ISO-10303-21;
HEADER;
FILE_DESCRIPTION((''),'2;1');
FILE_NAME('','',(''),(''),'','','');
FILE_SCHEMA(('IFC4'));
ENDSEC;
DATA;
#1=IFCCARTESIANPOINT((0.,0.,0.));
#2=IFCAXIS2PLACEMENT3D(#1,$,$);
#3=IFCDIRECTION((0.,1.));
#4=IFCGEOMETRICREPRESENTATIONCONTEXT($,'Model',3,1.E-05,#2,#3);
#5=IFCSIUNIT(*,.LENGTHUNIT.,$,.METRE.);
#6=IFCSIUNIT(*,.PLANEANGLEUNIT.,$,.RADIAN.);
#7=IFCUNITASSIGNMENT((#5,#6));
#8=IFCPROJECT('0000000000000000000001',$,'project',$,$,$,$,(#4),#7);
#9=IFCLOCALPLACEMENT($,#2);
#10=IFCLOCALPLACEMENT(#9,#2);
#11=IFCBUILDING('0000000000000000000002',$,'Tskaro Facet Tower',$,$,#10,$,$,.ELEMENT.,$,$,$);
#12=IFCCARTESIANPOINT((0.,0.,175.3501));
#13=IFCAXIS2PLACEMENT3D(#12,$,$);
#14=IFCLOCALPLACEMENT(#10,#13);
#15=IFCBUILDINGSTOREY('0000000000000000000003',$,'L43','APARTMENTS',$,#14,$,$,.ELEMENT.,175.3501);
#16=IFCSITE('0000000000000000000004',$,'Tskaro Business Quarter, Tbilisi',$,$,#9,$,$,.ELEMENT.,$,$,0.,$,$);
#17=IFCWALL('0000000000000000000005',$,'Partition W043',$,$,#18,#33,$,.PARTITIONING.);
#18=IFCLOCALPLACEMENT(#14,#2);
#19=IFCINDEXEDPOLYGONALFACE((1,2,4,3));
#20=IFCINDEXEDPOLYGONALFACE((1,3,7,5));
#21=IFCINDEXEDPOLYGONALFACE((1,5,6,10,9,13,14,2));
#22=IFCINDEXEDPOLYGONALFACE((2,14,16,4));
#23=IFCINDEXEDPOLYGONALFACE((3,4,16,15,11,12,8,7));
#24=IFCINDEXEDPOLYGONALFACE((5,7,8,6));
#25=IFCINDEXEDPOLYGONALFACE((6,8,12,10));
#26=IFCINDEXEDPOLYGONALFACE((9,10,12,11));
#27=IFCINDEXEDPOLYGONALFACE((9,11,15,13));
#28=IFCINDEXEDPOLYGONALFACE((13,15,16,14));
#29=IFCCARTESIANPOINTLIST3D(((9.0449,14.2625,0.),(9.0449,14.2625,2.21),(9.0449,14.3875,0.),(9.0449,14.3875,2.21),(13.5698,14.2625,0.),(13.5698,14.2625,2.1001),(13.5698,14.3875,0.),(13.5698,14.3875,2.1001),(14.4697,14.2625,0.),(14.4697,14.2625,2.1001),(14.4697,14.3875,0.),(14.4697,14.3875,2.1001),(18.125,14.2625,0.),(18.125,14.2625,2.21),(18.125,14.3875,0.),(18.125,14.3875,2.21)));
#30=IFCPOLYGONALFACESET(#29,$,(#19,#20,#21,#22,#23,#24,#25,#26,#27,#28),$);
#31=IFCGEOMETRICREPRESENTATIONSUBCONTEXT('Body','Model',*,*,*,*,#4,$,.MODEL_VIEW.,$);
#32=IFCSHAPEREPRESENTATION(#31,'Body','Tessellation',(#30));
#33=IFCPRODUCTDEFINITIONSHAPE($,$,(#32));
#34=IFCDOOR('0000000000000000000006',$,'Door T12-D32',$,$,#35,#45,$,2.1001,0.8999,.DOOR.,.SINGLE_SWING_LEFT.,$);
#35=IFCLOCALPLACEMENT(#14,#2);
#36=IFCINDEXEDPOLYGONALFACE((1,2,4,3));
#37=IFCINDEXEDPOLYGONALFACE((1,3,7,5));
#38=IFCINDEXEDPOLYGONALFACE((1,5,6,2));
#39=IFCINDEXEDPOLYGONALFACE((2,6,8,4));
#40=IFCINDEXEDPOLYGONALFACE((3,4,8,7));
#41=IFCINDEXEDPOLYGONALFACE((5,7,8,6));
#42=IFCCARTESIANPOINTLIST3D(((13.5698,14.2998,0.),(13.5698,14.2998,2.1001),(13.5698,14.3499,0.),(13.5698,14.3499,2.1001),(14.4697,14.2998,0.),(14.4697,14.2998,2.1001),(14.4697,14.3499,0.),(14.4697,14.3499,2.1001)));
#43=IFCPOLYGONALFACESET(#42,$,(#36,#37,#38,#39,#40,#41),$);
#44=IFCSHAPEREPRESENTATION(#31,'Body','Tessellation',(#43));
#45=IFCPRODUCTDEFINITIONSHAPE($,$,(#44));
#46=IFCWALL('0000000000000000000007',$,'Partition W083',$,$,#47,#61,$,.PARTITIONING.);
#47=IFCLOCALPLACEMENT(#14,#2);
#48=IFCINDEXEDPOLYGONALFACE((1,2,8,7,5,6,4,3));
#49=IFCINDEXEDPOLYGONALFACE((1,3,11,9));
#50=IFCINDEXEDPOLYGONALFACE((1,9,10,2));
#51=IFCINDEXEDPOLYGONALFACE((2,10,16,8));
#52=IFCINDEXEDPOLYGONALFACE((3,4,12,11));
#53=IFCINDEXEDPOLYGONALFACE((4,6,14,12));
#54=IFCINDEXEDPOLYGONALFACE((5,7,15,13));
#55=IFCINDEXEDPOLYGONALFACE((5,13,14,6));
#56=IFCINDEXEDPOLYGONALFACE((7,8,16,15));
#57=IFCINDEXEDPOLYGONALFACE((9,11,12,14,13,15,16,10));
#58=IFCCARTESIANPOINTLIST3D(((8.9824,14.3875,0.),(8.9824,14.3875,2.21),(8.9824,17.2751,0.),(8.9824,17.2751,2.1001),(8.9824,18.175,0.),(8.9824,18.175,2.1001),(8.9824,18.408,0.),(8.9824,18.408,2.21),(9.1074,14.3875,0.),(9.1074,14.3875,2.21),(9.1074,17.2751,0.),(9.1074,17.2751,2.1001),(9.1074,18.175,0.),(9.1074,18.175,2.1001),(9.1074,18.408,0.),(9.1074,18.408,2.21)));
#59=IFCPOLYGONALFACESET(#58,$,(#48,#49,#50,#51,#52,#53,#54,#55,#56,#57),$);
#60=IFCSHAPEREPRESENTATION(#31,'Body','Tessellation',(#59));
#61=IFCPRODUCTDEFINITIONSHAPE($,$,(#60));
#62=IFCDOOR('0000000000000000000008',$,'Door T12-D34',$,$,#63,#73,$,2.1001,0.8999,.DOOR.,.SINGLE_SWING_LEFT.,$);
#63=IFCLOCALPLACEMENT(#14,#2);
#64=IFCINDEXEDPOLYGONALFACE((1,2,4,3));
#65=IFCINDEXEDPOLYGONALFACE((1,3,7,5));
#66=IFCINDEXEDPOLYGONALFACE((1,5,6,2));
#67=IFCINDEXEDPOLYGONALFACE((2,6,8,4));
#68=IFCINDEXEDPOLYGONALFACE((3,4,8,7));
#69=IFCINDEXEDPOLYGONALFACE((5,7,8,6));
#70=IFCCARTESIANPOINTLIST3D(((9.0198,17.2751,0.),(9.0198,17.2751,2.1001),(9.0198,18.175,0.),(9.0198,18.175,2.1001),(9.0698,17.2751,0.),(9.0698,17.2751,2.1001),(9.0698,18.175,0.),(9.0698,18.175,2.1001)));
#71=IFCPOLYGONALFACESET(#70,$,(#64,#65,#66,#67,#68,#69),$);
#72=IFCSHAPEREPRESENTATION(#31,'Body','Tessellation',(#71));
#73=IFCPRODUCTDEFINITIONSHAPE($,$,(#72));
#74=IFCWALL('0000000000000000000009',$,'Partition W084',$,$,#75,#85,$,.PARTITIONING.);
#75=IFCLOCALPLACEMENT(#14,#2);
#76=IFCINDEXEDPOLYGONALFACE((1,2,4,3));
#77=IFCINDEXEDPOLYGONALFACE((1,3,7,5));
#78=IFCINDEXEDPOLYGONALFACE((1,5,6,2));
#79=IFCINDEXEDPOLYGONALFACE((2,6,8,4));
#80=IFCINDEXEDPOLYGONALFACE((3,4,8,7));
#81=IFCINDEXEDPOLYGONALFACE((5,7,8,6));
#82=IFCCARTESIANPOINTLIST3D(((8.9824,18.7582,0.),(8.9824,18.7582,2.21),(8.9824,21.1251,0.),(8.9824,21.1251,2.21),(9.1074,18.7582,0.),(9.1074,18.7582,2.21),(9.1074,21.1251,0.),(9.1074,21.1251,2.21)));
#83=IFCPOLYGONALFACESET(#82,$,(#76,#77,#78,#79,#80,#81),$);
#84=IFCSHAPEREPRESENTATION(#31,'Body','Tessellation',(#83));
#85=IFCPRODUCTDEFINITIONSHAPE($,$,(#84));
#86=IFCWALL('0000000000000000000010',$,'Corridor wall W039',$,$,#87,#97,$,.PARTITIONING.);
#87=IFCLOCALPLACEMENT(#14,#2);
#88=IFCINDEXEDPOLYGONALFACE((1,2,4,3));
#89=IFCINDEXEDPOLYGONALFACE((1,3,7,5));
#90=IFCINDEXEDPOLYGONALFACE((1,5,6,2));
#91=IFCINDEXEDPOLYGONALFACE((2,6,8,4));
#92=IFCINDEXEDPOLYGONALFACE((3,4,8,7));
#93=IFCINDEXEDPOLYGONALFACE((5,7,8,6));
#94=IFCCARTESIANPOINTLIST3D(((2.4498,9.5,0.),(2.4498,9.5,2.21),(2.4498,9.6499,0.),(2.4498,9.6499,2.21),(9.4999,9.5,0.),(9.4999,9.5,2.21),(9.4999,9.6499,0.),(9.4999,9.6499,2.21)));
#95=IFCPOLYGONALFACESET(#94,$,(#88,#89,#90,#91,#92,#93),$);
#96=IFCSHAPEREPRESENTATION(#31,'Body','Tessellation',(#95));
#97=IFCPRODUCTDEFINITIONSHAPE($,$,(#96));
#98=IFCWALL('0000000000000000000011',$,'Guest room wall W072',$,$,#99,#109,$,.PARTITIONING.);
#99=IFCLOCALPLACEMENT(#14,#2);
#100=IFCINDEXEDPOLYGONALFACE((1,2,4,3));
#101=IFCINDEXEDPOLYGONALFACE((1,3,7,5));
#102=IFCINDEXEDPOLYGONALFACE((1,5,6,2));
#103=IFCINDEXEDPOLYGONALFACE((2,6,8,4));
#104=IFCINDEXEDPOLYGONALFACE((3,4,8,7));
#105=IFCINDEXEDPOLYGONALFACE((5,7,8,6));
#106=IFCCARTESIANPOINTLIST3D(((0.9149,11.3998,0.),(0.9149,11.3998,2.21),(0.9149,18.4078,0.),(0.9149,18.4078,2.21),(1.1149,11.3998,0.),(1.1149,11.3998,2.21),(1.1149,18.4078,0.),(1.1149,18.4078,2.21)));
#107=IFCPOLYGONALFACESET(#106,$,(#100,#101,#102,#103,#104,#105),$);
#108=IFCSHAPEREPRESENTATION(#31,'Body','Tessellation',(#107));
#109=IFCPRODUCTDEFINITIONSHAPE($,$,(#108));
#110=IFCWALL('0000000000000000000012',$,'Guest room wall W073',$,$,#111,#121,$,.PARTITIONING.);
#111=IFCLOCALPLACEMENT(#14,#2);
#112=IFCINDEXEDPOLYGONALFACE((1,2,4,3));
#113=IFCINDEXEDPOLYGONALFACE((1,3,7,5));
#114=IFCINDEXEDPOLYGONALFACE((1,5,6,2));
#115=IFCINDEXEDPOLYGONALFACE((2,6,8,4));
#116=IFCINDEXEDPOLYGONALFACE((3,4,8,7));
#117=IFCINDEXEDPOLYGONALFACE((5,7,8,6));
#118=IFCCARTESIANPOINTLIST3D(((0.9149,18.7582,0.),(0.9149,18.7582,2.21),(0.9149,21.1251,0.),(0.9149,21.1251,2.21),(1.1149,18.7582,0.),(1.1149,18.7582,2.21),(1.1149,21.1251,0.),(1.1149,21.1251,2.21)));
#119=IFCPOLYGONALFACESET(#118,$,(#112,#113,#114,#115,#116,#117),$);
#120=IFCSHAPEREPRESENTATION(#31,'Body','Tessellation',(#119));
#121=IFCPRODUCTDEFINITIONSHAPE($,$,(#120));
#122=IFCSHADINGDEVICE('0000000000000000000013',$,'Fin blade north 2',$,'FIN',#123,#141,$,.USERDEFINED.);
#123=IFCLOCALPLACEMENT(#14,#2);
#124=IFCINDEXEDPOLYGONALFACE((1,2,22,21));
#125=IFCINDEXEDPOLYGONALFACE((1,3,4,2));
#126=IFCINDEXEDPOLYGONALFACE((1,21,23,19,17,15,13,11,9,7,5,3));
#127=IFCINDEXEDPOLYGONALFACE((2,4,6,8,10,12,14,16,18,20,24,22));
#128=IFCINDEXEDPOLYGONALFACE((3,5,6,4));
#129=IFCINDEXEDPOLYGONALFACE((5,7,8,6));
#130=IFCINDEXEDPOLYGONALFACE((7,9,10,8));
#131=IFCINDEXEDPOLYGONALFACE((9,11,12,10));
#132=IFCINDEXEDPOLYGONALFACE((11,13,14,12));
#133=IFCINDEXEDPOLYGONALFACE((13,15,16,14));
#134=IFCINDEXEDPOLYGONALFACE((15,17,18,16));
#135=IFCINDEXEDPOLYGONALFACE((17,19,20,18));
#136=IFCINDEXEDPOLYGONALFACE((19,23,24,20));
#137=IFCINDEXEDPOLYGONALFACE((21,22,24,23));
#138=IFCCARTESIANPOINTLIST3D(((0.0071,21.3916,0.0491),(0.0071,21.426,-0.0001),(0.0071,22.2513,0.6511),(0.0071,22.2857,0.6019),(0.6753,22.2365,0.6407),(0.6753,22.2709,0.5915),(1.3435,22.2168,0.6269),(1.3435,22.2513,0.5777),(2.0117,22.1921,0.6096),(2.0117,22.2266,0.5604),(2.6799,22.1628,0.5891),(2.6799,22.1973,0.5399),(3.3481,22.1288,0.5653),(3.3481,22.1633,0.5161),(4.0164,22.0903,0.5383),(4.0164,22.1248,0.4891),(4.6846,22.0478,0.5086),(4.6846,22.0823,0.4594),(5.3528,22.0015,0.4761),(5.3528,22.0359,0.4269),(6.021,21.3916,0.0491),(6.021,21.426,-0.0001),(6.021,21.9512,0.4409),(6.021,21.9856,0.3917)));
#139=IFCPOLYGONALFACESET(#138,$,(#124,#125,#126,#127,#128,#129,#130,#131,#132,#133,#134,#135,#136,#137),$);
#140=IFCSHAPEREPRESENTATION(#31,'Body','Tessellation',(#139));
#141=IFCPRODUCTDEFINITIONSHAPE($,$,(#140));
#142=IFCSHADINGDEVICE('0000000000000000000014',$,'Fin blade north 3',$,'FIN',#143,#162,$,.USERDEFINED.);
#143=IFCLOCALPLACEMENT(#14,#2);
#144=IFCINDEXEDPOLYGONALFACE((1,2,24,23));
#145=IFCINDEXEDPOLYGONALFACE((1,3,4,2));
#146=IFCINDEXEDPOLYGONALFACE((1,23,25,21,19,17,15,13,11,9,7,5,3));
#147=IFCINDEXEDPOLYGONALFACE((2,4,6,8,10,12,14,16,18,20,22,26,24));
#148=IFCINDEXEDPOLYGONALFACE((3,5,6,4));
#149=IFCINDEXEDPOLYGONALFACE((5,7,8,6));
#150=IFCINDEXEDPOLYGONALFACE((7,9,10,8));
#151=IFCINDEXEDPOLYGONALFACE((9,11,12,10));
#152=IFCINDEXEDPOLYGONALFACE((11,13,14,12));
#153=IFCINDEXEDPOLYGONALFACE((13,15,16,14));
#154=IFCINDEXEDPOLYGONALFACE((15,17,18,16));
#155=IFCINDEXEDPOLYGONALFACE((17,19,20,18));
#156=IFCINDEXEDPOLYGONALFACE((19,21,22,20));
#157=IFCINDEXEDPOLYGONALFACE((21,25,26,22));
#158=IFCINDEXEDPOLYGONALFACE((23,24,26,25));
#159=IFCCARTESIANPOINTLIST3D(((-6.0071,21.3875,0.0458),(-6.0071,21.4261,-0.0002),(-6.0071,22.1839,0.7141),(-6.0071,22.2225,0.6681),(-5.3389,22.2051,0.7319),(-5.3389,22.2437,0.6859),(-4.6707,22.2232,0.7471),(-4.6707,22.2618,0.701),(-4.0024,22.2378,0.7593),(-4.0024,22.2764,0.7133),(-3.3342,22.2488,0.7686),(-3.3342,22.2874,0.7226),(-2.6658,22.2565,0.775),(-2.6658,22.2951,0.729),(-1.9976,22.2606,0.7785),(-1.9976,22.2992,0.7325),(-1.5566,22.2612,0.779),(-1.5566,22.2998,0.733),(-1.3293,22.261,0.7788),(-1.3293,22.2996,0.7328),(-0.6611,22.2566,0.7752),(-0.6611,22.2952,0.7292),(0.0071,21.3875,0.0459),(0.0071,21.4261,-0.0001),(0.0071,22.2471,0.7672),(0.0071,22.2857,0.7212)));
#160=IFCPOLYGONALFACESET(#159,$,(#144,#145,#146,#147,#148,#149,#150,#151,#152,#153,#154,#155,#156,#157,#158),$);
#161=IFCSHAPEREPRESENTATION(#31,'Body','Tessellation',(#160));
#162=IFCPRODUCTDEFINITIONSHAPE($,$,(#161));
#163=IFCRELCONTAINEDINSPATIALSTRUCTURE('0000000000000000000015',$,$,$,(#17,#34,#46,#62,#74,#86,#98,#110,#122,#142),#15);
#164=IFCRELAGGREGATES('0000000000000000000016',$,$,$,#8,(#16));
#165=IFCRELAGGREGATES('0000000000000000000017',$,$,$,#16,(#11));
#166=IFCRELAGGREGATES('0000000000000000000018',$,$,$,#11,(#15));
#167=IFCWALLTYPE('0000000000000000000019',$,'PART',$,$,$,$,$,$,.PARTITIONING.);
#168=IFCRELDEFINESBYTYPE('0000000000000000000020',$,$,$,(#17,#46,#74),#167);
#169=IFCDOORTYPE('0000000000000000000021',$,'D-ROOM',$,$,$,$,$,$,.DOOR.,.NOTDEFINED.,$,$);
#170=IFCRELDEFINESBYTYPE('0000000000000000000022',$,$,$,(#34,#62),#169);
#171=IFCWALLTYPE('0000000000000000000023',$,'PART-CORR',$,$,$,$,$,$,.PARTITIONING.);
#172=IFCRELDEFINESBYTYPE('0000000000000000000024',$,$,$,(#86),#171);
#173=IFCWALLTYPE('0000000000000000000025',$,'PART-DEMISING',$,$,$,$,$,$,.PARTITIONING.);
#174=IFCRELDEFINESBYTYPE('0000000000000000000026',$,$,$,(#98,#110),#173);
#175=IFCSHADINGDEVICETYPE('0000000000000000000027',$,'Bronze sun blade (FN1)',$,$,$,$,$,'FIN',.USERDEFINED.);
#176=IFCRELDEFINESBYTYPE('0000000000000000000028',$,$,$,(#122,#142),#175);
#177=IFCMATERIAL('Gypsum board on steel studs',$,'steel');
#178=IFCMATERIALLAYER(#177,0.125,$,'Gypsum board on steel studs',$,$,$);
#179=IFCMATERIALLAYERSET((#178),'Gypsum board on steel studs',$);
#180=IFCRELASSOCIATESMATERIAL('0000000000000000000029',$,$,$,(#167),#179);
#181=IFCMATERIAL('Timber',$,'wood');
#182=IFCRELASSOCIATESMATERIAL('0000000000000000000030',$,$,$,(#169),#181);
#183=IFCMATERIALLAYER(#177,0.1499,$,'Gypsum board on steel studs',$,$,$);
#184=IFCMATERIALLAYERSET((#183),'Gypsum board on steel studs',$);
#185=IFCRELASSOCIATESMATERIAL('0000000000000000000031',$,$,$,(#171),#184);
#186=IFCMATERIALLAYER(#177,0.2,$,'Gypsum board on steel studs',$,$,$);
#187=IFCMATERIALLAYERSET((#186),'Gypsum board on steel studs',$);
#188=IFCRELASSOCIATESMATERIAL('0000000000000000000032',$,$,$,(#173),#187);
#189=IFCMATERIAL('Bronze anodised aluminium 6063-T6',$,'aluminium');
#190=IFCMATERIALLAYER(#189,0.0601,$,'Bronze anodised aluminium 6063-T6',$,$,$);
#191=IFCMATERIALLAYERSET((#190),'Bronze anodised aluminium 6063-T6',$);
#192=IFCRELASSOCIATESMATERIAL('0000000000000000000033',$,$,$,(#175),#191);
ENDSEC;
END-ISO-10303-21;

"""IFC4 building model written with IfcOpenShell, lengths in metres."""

from ifc_helpers import new_model, si_unit, direction, frame, frame_2d, origin, place, context, subcontext, project, spatial, polyline, rectangle, outline, extrude, material, layer, layer_set, type_object, element, fill, save


model = new_model("IFC4")

# Units and contexts
model_context = context("Model", 3, precision=1e-05, world=origin(), true_north=direction((0.0, 1.0)))
body_context = subcontext(model_context, "Body", "Model", "MODEL_VIEW")
ifc_project = project(units=[si_unit("LENGTHUNIT", "METRE"), si_unit("PLANEANGLEUNIT", "RADIAN")], contexts=[model_context])

# Site, building, storey
site_placement = place(None, origin())
site = spatial("IfcSite", under=ifc_project, at=site_placement, Name="Tskaro Business Quarter, Tbilisi", CompositionType="ELEMENT", RefElevation=0.0)
building_placement = place(site_placement, origin())
building = spatial("IfcBuilding", under=site, at=building_placement, Name="Tskaro Facet Tower", CompositionType="ELEMENT")
storey_placement = place(building_placement, frame((0.0, 0.0, 175.3501)))
storey = spatial("IfcBuildingStorey", under=building, at=storey_placement, Name="L43", Description="APARTMENTS", CompositionType="ELEMENT", Elevation=175.3501)

# Shared definitions
ifc_material_1 = material(Name="Bronze anodised aluminium 6063-T6", Category="aluminium")

# Walls, openings, doors
ifc_material_2 = material(Name="Gypsum board on steel studs", Category="steel")
ifc_layer_1 = layer(ifc_material_2, 0.125, Name="Gypsum board on steel studs")
ifc_layer_set_1 = layer_set([ifc_layer_1], Name="Gypsum board on steel studs")
wall_type_1 = type_object("IfcWallType", Name="PART", PredefinedType="PARTITIONING", material=ifc_layer_set_1)
wall_1_placement = place(storey_placement, frame((9.0449, 14.325, 0.0), z_axis=(0.0, 0.0, 1.0), x_axis=(1.0, 0.0, 0.0)))
wall_1 = element("IfcWall", 1, at=wall_1_placement, inside=storey, type_object=wall_type_1, Name="Partition W043", PredefinedType="PARTITIONING", context=body_context, shape_type="SweptSolid", body=[
    extrude(rectangle(XDim=9.0801, YDim=0.125, at=frame_2d((4.54, 0.0))), origin(), (0.0, 0.0, 1.0), 2.21),
])
opening_1_placement = place(wall_1_placement, frame((4.5249, 0.0, 0.0)))
opening_1 = element("IfcOpeningElement", 2, at=opening_1_placement, cuts=wall_1, PredefinedType="OPENING", context=body_context, shape_type="SweptSolid", body=[
    extrude(rectangle(XDim=0.8999, YDim=2.1001, at=frame_2d((0.45, 1.05))), frame((0.0, 0.0725, 0.0), z_axis=(0.0, -1.0, 0.0), x_axis=(1.0, 0.0, 0.0)), (0.0, 0.0, 1.0), 0.145),
])
ifc_material_3 = material(Name="Timber", Category="wood")
door_type = type_object("IfcDoorType", Name="D-ROOM", OperationType="NOTDEFINED", PredefinedType="DOOR", material=ifc_material_3)
door_1_placement = place(opening_1_placement, origin())
door_1 = element("IfcDoor", 3, at=door_1_placement, inside=storey, type_object=door_type, Name="Door T12-D32", OperationType="SINGLE_SWING_LEFT", OverallHeight=2.1001, OverallWidth=0.8999, PredefinedType="DOOR", context=body_context, shape_type="SweptSolid", body=[
    extrude(rectangle(XDim=0.8999, YDim=2.1001, at=frame_2d((0.45, 1.05))), frame((0.0, 0.0249, 0.0), z_axis=(0.0, -1.0, 0.0), x_axis=(1.0, 0.0, 0.0)), (0.0, 0.0, 1.0), 0.05),
])
fill(opening_1, door_1)
wall_2_placement = place(storey_placement, frame((9.0449, 18.408, 0.0), z_axis=(0.0, 0.0, 1.0), x_axis=(0.0, -1.0, 0.0)))
wall_2 = element("IfcWall", 4, at=wall_2_placement, inside=storey, type_object=wall_type_1, Name="Partition W083", PredefinedType="PARTITIONING", context=body_context, shape_type="SweptSolid", body=[
    extrude(rectangle(XDim=4.0205, YDim=0.125, at=frame_2d((2.0103, 0.0))), origin(), (0.0, 0.0, 1.0), 2.21),
])
opening_2_placement = place(wall_2_placement, frame((0.2329, 0.0, 0.0)))
opening_2 = element("IfcOpeningElement", 5, at=opening_2_placement, cuts=wall_2, PredefinedType="OPENING", context=body_context, shape_type="SweptSolid", body=[
    extrude(rectangle(XDim=0.8999, YDim=2.1001, at=frame_2d((0.45, 1.05))), frame((0.0, 0.0725, 0.0), z_axis=(0.0, -1.0, 0.0), x_axis=(1.0, 0.0, 0.0)), (0.0, 0.0, 1.0), 0.145),
])
door_2_placement = place(opening_2_placement, origin())
door_2 = element("IfcDoor", 6, at=door_2_placement, inside=storey, type_object=door_type, Name="Door T12-D34", OperationType="SINGLE_SWING_LEFT", OverallHeight=2.1001, OverallWidth=0.8999, PredefinedType="DOOR", context=body_context, shape_type="SweptSolid", body=[
    extrude(rectangle(XDim=0.8999, YDim=2.1001, at=frame_2d((0.45, 1.05))), frame((0.0, 0.0249, 0.0), z_axis=(0.0, -1.0, 0.0), x_axis=(1.0, 0.0, 0.0)), (0.0, 0.0, 1.0), 0.05),
])
fill(opening_2, door_2)

# Walls
wall_3_placement = place(storey_placement, frame((9.0449, 18.7581, 0.0), z_axis=(0.0, 0.0, 1.0), x_axis=(0.0, 1.0, 0.0)))
element("IfcWall", 7, at=wall_3_placement, inside=storey, type_object=wall_type_1, Name="Partition W084", PredefinedType="PARTITIONING", context=body_context, shape_type="SweptSolid", body=[
    extrude(rectangle(XDim=2.3669, YDim=0.125, at=frame_2d((1.1836, 0.0))), origin(), (0.0, 0.0, 1.0), 2.21),
])
ifc_layer_2 = layer(ifc_material_2, 0.1499, Name="Gypsum board on steel studs")
ifc_layer_set_2 = layer_set([ifc_layer_2], Name="Gypsum board on steel studs")
wall_type_2 = type_object("IfcWallType", Name="PART-CORR", PredefinedType="PARTITIONING", material=ifc_layer_set_2)
wall_4_placement = place(storey_placement, frame((2.45, 9.575, 0.0), z_axis=(0.0, 0.0, 1.0), x_axis=(1.0, 0.0, 0.0)))
element("IfcWall", 8, at=wall_4_placement, inside=storey, type_object=wall_type_2, Name="Corridor wall W039", PredefinedType="PARTITIONING", context=body_context, shape_type="SweptSolid", body=[
    extrude(rectangle(XDim=7.05, YDim=0.1499, at=frame_2d((3.5249, 0.0))), origin(), (0.0, 0.0, 1.0), 2.21),
])
ifc_layer_3 = layer(ifc_material_2, 0.2, Name="Gypsum board on steel studs")
ifc_layer_set_3 = layer_set([ifc_layer_3], Name="Gypsum board on steel studs")
wall_type_3 = type_object("IfcWallType", Name="PART-DEMISING", PredefinedType="PARTITIONING", material=ifc_layer_set_3)
wall_5_placement = place(storey_placement, frame((1.0149, 11.3999, 0.0), z_axis=(0.0, 0.0, 1.0), x_axis=(0.0, 1.0, 0.0)))
element("IfcWall", 9, at=wall_5_placement, inside=storey, type_object=wall_type_3, Name="Guest room wall W072", PredefinedType="PARTITIONING", context=body_context, shape_type="SweptSolid", body=[
    extrude(rectangle(XDim=7.0081, YDim=0.2, at=frame_2d((3.5039, 0.0))), origin(), (0.0, 0.0, 1.0), 2.21),
])
wall_6_placement = place(storey_placement, frame((1.0149, 18.7581, 0.0), z_axis=(0.0, 0.0, 1.0), x_axis=(0.0, 1.0, 0.0)))
element("IfcWall", 10, at=wall_6_placement, inside=storey, type_object=wall_type_3, Name="Guest room wall W073", PredefinedType="PARTITIONING", context=body_context, shape_type="SweptSolid", body=[
    extrude(rectangle(XDim=2.3669, YDim=0.2, at=frame_2d((1.1836, 0.0))), origin(), (0.0, 0.0, 1.0), 2.21),
])

# Shading devices
ifc_layer_4 = layer(ifc_material_1, 0.0601, Name="Bronze anodised aluminium 6063-T6")
ifc_layer_set_4 = layer_set([ifc_layer_4], Name="Bronze anodised aluminium 6063-T6")
shading_device_type = type_object("IfcShadingDeviceType", Name="Bronze sun blade (FN1)", ElementType="FIN", PredefinedType="USERDEFINED", material=ifc_layer_set_4)
shading_device_1_placement = place(storey_placement, frame((6.021, 21.3916, 0.0491), z_axis=(0.000011, -0.573564, 0.819161), x_axis=(-1.0, -0.000006, 0.000009)))
element("IfcShadingDevice", 11, at=shading_device_1_placement, inside=storey, type_object=shading_device_type, Name="Fin blade north 2", ObjectType="FIN", PredefinedType="USERDEFINED", context=body_context, shape_type="SweptSolid", body=[
    extrude(outline(polyline([(0.0, 0.0), (6.0139, 0.0), (6.0139, -1.0495), (5.3457, -1.0315), (4.6775, -1.0074), (4.0093, -0.9773), (3.3411, -0.9415), (2.6729, -0.9), (2.0046, -0.853), (1.3364, -0.8011), (0.6682, -0.7445), (0.0, -0.6831), (0.0, 0.0)])), origin(), (0.0, 0.0, -1.0), 0.0601),
])
shading_device_2_placement = place(storey_placement, frame((0.0071, 21.3875, 0.0459), z_axis=(-0.000011, -0.642779, 0.766052), x_axis=(-1.0, 0.000007, -0.000008)))
element("IfcShadingDevice", 12, at=shading_device_2_placement, inside=storey, type_object=shading_device_type, Name="Fin blade north 3", ObjectType="FIN", PredefinedType="USERDEFINED", context=body_context, shape_type="SweptSolid", body=[
    extrude(outline(polyline([(0.0, 0.0), (6.0142, 0.0), (6.0142, -1.0396), (5.3459, -1.0673), (4.6777, -1.0909), (4.0095, -1.11), (3.3413, -1.1243), (2.6729, -1.1344), (2.0046, -1.1397), (1.5637, -1.1406), (1.3364, -1.1403), (0.6682, -1.1346), (0.0, -1.1222), (0.0, 0.0)])), origin(), (0.0, 0.0, -1.0), 0.0601),
])

save(model, "model.ifc")
